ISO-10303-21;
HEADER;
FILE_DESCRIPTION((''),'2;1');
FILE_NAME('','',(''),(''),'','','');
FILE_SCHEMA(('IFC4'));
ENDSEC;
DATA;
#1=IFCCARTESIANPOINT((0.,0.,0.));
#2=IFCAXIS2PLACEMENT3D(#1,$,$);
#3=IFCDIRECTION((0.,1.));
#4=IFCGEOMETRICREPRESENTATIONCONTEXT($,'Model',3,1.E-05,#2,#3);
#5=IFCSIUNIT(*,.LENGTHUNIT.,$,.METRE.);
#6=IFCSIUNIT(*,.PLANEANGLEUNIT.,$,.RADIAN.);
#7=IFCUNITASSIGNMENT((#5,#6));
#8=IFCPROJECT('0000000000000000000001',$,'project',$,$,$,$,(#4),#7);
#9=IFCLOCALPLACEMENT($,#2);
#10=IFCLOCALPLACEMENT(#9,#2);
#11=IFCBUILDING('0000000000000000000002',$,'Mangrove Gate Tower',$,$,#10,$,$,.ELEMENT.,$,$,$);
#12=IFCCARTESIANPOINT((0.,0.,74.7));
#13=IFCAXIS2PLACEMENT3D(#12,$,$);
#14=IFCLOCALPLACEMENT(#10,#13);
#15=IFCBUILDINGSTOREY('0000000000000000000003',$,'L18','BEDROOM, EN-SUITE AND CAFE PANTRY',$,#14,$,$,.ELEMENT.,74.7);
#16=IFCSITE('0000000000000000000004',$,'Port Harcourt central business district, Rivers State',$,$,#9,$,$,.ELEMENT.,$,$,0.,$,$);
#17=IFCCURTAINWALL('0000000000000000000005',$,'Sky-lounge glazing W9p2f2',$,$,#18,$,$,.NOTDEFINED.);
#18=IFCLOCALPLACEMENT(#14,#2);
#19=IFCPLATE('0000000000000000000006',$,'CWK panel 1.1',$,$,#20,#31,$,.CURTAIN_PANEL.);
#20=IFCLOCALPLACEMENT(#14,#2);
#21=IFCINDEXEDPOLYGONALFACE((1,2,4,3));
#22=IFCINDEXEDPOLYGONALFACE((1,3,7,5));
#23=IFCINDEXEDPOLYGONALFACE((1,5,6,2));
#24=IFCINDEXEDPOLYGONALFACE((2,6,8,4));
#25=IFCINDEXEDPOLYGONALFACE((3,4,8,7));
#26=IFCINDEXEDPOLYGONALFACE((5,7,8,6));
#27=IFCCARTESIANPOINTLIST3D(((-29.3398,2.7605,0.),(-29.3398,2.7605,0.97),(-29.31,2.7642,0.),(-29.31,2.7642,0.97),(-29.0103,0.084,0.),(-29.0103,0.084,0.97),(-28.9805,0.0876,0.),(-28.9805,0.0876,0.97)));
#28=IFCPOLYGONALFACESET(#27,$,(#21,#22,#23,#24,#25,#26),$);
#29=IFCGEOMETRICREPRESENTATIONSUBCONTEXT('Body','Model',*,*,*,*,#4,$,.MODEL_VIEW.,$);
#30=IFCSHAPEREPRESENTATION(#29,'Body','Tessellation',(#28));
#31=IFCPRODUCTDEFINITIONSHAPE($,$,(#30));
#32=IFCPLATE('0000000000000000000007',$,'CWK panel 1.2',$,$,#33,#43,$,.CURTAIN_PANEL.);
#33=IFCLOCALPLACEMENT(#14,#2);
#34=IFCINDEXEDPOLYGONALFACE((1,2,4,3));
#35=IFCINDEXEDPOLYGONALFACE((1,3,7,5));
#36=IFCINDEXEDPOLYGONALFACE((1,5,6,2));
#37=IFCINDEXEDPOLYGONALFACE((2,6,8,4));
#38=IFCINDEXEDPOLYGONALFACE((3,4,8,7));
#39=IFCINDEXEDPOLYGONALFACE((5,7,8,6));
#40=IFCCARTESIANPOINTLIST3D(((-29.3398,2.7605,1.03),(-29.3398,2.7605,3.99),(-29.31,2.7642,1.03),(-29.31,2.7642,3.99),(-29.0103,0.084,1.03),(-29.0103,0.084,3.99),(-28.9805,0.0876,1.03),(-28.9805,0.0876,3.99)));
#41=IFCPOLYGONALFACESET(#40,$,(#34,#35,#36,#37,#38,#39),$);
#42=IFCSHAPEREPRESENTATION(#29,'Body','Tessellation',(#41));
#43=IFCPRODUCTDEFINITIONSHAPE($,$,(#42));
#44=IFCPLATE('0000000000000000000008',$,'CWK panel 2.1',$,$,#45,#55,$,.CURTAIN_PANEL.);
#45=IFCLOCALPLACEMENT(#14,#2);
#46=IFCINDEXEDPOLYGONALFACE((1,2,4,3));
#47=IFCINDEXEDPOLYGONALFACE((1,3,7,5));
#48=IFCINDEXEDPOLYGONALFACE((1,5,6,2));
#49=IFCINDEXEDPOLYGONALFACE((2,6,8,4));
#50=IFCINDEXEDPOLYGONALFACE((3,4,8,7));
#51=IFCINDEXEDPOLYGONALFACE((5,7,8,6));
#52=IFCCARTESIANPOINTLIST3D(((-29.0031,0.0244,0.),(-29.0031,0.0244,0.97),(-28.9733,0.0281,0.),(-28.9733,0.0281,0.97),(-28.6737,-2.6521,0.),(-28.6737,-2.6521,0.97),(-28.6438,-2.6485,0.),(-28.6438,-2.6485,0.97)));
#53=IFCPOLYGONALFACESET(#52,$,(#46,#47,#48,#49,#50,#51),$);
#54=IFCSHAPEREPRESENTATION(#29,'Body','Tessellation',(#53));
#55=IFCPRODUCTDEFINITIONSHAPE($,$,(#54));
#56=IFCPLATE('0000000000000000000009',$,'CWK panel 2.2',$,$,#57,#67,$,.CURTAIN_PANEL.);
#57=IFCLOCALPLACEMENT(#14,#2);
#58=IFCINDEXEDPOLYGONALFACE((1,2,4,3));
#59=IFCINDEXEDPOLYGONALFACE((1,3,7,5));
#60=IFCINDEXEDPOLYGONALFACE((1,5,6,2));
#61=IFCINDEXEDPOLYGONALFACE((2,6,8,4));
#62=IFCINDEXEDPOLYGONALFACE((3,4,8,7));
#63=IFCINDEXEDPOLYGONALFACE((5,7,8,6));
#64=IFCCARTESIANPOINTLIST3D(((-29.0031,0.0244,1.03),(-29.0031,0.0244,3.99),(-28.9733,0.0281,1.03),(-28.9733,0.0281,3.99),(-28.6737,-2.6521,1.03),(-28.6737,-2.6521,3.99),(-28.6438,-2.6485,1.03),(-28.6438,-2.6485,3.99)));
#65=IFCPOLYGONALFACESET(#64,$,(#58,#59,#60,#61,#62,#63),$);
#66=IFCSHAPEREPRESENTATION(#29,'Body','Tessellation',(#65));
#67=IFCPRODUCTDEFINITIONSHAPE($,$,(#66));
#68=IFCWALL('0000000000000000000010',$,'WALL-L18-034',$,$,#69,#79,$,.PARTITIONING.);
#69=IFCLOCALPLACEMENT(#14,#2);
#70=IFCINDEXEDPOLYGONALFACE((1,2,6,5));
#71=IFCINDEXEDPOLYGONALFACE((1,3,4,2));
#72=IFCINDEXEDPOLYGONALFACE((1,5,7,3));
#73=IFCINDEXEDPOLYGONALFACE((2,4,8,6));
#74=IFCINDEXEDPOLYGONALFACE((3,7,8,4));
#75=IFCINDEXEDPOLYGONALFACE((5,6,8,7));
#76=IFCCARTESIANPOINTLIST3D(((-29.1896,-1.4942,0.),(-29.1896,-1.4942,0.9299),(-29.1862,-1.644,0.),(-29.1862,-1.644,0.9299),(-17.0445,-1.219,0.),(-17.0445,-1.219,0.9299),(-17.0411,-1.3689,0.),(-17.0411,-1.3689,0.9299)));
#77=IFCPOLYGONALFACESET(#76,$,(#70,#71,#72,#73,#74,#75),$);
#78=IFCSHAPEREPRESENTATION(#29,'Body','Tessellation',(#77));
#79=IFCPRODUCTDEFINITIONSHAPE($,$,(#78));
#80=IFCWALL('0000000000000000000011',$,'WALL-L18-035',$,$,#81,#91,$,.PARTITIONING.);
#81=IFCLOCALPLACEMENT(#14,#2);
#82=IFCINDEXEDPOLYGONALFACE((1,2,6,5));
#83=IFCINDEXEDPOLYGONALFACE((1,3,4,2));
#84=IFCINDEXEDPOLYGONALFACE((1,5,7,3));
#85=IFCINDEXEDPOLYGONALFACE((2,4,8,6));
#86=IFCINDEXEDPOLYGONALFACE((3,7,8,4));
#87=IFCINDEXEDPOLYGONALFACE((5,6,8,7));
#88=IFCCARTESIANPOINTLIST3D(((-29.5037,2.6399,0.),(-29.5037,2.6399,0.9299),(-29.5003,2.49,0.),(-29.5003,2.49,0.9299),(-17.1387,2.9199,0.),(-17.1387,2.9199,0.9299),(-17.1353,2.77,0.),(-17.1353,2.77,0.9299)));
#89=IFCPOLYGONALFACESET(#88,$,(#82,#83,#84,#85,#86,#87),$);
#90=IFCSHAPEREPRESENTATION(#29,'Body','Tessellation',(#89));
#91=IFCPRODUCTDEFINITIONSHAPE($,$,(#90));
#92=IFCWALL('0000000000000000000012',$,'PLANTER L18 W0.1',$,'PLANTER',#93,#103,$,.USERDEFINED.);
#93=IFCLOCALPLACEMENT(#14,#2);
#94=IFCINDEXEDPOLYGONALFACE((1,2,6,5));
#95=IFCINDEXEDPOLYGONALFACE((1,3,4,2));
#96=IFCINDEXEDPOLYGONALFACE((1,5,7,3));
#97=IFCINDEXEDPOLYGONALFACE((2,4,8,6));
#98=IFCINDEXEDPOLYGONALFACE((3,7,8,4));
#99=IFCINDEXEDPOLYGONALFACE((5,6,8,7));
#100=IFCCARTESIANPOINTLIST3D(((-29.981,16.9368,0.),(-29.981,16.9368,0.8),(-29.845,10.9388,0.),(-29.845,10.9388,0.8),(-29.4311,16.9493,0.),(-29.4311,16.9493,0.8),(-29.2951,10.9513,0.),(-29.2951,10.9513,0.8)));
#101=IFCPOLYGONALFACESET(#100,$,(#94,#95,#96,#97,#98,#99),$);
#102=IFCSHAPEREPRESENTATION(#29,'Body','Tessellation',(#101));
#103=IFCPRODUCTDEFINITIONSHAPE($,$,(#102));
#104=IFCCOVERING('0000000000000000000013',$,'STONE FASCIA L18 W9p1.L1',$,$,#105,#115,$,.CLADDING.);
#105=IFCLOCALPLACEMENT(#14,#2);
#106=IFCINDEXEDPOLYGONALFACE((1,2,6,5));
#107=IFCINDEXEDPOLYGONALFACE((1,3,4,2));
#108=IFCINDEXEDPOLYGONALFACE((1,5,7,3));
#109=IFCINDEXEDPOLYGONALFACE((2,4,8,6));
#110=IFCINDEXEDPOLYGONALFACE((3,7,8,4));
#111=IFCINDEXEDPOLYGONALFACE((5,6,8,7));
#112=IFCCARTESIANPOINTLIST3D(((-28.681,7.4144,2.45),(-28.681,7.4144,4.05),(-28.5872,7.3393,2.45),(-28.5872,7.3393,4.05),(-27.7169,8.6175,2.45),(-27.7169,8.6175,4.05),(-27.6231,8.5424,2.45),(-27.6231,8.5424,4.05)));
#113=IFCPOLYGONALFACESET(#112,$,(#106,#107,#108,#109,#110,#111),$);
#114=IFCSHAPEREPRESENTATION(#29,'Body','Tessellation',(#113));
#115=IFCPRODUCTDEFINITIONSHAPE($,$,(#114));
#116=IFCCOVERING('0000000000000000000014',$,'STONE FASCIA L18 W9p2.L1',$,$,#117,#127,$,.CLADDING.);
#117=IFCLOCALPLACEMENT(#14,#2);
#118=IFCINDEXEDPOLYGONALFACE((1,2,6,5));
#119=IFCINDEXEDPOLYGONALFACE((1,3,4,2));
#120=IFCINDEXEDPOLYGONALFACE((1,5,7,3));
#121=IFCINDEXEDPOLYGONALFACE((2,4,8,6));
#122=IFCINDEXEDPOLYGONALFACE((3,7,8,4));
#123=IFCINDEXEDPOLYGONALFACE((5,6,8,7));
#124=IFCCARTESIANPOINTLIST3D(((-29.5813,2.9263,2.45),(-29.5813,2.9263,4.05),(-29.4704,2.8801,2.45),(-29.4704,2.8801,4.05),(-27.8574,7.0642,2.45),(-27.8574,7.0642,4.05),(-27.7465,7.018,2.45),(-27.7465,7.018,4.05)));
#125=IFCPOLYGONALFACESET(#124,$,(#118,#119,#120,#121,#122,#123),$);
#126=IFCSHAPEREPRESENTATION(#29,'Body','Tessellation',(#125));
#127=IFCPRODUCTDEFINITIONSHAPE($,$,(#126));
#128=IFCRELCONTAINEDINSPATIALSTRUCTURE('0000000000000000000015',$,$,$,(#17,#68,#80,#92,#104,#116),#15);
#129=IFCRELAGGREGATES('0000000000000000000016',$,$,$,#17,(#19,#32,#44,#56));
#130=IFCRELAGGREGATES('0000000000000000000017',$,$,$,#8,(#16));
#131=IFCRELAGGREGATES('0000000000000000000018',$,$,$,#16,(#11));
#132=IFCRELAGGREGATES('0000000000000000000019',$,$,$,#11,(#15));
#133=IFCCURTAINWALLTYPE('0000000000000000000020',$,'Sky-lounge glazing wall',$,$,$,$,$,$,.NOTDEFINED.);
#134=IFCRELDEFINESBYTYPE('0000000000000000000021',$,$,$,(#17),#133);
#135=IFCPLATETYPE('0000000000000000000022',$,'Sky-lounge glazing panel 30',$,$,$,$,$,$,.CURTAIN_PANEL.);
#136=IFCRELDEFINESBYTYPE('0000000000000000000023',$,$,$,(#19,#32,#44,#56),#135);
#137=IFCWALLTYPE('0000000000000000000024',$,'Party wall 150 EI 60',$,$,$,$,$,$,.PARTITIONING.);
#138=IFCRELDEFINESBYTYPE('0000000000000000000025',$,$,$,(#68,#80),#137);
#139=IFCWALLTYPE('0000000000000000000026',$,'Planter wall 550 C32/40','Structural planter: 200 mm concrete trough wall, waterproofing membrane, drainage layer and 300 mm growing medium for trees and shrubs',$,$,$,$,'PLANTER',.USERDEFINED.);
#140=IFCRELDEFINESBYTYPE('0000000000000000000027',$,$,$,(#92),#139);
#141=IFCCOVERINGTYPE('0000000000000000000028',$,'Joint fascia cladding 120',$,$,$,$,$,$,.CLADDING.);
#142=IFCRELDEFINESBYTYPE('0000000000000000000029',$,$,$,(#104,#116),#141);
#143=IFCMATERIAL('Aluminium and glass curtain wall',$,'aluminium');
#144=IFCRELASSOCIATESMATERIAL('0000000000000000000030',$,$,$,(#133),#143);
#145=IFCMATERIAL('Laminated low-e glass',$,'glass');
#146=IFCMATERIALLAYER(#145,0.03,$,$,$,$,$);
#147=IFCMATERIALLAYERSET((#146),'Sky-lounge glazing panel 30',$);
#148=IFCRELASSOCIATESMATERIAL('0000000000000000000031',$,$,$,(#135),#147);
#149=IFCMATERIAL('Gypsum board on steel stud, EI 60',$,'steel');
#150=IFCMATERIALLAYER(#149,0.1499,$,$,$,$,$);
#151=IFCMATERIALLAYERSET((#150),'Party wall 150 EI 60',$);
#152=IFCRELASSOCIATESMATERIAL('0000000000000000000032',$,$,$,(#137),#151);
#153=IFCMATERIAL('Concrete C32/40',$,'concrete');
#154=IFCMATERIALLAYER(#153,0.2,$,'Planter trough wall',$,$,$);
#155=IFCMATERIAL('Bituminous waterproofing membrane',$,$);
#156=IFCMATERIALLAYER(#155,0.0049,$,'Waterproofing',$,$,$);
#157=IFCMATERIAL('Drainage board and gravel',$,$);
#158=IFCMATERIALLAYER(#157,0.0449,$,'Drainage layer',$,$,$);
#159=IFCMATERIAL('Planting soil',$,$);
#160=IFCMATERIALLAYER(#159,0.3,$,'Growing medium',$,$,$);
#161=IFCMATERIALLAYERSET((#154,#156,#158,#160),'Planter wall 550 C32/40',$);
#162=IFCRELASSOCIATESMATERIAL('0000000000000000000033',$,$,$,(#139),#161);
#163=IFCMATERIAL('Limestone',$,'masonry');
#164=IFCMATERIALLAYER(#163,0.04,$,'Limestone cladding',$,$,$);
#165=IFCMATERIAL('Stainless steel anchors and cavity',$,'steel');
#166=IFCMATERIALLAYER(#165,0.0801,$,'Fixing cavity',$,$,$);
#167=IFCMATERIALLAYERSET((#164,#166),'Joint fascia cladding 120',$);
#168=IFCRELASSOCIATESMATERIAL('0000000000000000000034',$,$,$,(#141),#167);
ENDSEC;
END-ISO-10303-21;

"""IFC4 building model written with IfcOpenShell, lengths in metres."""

from ifc_helpers import new_model, si_unit, direction, frame, frame_2d, origin, origin_2d, place, context, subcontext, project, spatial, rectangle, extrude, material, layer, layer_set, type_object, element, aggregate, save


model = new_model("IFC4")

# Units and contexts
model_context = context("Model", 3, precision=1e-05, world=origin(), true_north=direction((0.0, 1.0)))
body_context = subcontext(model_context, "Body", "Model", "MODEL_VIEW")
ifc_project = project(units=[si_unit("LENGTHUNIT", "METRE"), si_unit("PLANEANGLEUNIT", "RADIAN")], contexts=[model_context])

# Site, building, storey
site_placement = place(None, origin())
site = spatial("IfcSite", under=ifc_project, at=site_placement, Name="Port Harcourt central business district, Rivers State", CompositionType="ELEMENT", RefElevation=0.0)
building_placement = place(site_placement, origin())
building = spatial("IfcBuilding", under=site, at=building_placement, Name="Mangrove Gate Tower", CompositionType="ELEMENT")
storey_placement = place(building_placement, frame((0.0, 0.0, 74.7)))
storey = spatial("IfcBuildingStorey", under=building, at=storey_placement, Name="L18", Description="BEDROOM, EN-SUITE AND CAFE PANTRY", CompositionType="ELEMENT", Elevation=74.7)

# Shared definitions
ifc_material_1 = material(Name="Aluminium and glass curtain wall", Category="aluminium")
curtain_wall_type = type_object("IfcCurtainWallType", Name="Sky-lounge glazing wall", PredefinedType="NOTDEFINED", material=ifc_material_1)

# Curtain wall
curtain_wall_1_placement = place(storey_placement, origin())
curtain_wall_1 = element("IfcCurtainWall", 1, at=curtain_wall_1_placement, inside=storey, type_object=curtain_wall_type, Name="Sky-lounge glazing W9p2f2", PredefinedType="NOTDEFINED")

# Plates
ifc_material_2 = material(Name="Laminated low-e glass", Category="glass")
ifc_layer_1 = layer(ifc_material_2, 0.03)
ifc_layer_set_1 = layer_set([ifc_layer_1], Name="Sky-lounge glazing panel 30")
plate_type = type_object("IfcPlateType", Name="Sky-lounge glazing panel 30", PredefinedType="CURTAIN_PANEL", material=ifc_layer_set_1)
plate_1_placement = place(storey_placement, frame((-29.1602, 1.4241, 0.0), z_axis=(0.0, 0.0, 1.0), x_axis=(0.122172, -0.992509, 0.0)))
plate_1 = element("IfcPlate", 2, at=plate_1_placement, type_object=plate_type, Name="CWK panel 1.1", PredefinedType="CURTAIN_PANEL", context=body_context, shape_type="SweptSolid", body=[
    extrude(rectangle(XDim=2.6968, YDim=0.03, at=origin_2d()), origin(), (0.0, 0.0, 1.0), 0.97),
])
plate_2_placement = place(storey_placement, frame((-29.1602, 1.4241, 1.03), z_axis=(0.0, 0.0, 1.0), x_axis=(0.122172, -0.992509, 0.0)))
plate_2 = element("IfcPlate", 3, at=plate_2_placement, type_object=plate_type, Name="CWK panel 1.2", PredefinedType="CURTAIN_PANEL", context=body_context, shape_type="SweptSolid", body=[
    extrude(rectangle(XDim=2.6968, YDim=0.03, at=origin_2d()), origin(), (0.0, 0.0, 1.0), 2.96),
])
plate_3_placement = place(storey_placement, frame((-28.8235, -1.312, 0.0), z_axis=(0.0, 0.0, 1.0), x_axis=(0.122172, -0.992509, 0.0)))
plate_3 = element("IfcPlate", 4, at=plate_3_placement, type_object=plate_type, Name="CWK panel 2.1", PredefinedType="CURTAIN_PANEL", context=body_context, shape_type="SweptSolid", body=[
    extrude(rectangle(XDim=2.6968, YDim=0.03, at=origin_2d()), origin(), (0.0, 0.0, 1.0), 0.97),
])
plate_4_placement = place(storey_placement, frame((-28.8235, -1.312, 1.03), z_axis=(0.0, 0.0, 1.0), x_axis=(0.122172, -0.992509, 0.0)))
plate_4 = element("IfcPlate", 5, at=plate_4_placement, type_object=plate_type, Name="CWK panel 2.2", PredefinedType="CURTAIN_PANEL", context=body_context, shape_type="SweptSolid", body=[
    extrude(rectangle(XDim=2.6968, YDim=0.03, at=origin_2d()), origin(), (0.0, 0.0, 1.0), 2.96),
])
aggregate(curtain_wall_1, [plate_1, plate_2, plate_3, plate_4])

# Walls
ifc_material_3 = material(Name="Gypsum board on steel stud, EI 60", Category="steel")
ifc_layer_2 = layer(ifc_material_3, 0.1499)
ifc_layer_set_2 = layer_set([ifc_layer_2], Name="Party wall 150 EI 60")
wall_type_1 = type_object("IfcWallType", Name="Party wall 150 EI 60", PredefinedType="PARTITIONING", material=ifc_layer_set_2)
wall_1_placement = place(storey_placement, frame((-29.188, -1.5691, 0.0), z_axis=(0.0, 0.0, 1.0), x_axis=(0.999743, 0.022649, 0.0)))
element("IfcWall", 6, at=wall_1_placement, inside=storey, type_object=wall_type_1, Name="WALL-L18-034", PredefinedType="PARTITIONING", context=body_context, shape_type="SweptSolid", body=[
    extrude(rectangle(XDim=12.1482, YDim=0.1499, at=frame_2d((6.0742, 0.0))), origin(), (0.0, 0.0, 1.0), 0.9299),
])
wall_2_placement = place(storey_placement, frame((-29.502, 2.5649, 0.0), z_axis=(0.0, 0.0, 1.0), x_axis=(0.999744, 0.022641, 0.0)))
element("IfcWall", 7, at=wall_2_placement, inside=storey, type_object=wall_type_1, Name="WALL-L18-035", PredefinedType="PARTITIONING", context=body_context, shape_type="SweptSolid", body=[
    extrude(rectangle(XDim=12.3682, YDim=0.1499, at=frame_2d((6.1841, 0.0))), origin(), (0.0, 0.0, 1.0), 0.9299),
])
ifc_material_4 = material(Name="Concrete C32/40", Category="concrete")
ifc_layer_3 = layer(ifc_material_4, 0.2, Name="Planter trough wall")
ifc_material_5 = material(Name="Bituminous waterproofing membrane")
ifc_layer_4 = layer(ifc_material_5, 0.0049, Name="Waterproofing")
ifc_material_6 = material(Name="Drainage board and gravel")
ifc_layer_5 = layer(ifc_material_6, 0.0449, Name="Drainage layer")
ifc_material_7 = material(Name="Planting soil")
ifc_layer_6 = layer(ifc_material_7, 0.3, Name="Growing medium")
ifc_layer_set_3 = layer_set([ifc_layer_3, ifc_layer_4, ifc_layer_5, ifc_layer_6], Name="Planter wall 550 C32/40")
wall_type_2 = type_object("IfcWallType", Name="Planter wall 550 C32/40", Description="Structural planter: 200 mm concrete trough wall, waterproofing membrane, drainage layer and 300 mm growing medium for trees and shrubs", ElementType="PLANTER", PredefinedType="USERDEFINED", material=ifc_layer_set_3)
wall_3_placement = place(storey_placement, frame((-29.5701, 10.9451, 0.0), z_axis=(0.0, 0.0, 1.0), x_axis=(-0.022666, 0.999743, 0.0)))
element("IfcWall", 8, at=wall_3_placement, inside=storey, type_object=wall_type_2, Name="PLANTER L18 W0.1", ObjectType="PLANTER", PredefinedType="USERDEFINED", context=body_context, shape_type="SweptSolid", body=[
    extrude(rectangle(XDim=5.9995, YDim=0.55, at=frame_2d((2.9998, 0.0))), origin(), (0.0, 0.0, 1.0), 0.8),
])

# Coverings
ifc_material_8 = material(Name="Limestone", Category="masonry")
ifc_layer_7 = layer(ifc_material_8, 0.04, Name="Limestone cladding")
ifc_material_9 = material(Name="Stainless steel anchors and cavity", Category="steel")
ifc_layer_8 = layer(ifc_material_9, 0.0801, Name="Fixing cavity")
ifc_layer_set_4 = layer_set([ifc_layer_7, ifc_layer_8], Name="Joint fascia cladding 120")
covering_type = type_object("IfcCoveringType", Name="Joint fascia cladding 120", PredefinedType="CLADDING", material=ifc_layer_set_4)
covering_1_placement = place(storey_placement, frame((-27.6699, 8.5801, 2.45), z_axis=(0.0, 0.0, 1.0), x_axis=(-0.625332, -0.780359, 0.0)))
element("IfcCovering", 9, at=covering_1_placement, inside=storey, type_object=covering_type, Name="STONE FASCIA L18 W9p1.L1", PredefinedType="CLADDING", context=body_context, shape_type="SweptSolid", body=[
    extrude(rectangle(XDim=1.5417, YDim=0.1201, at=frame_2d((0.771, 0.0))), origin(), (0.0, 0.0, 1.0), 1.6001),
])
covering_2_placement = place(storey_placement, frame((-27.802, 7.041, 2.45), z_axis=(0.0, 0.0, 1.0), x_axis=(-0.384565, -0.923098, 0.0)))
element("IfcCovering", 10, at=covering_2_placement, inside=storey, type_object=covering_type, Name="STONE FASCIA L18 W9p2.L1", PredefinedType="CLADDING", context=body_context, shape_type="SweptSolid", body=[
    extrude(rectangle(XDim=4.4827, YDim=0.1201, at=frame_2d((2.2412, 0.0))), origin(), (0.0, 0.0, 1.0), 1.6001),
])

save(model, "model.ifc")
